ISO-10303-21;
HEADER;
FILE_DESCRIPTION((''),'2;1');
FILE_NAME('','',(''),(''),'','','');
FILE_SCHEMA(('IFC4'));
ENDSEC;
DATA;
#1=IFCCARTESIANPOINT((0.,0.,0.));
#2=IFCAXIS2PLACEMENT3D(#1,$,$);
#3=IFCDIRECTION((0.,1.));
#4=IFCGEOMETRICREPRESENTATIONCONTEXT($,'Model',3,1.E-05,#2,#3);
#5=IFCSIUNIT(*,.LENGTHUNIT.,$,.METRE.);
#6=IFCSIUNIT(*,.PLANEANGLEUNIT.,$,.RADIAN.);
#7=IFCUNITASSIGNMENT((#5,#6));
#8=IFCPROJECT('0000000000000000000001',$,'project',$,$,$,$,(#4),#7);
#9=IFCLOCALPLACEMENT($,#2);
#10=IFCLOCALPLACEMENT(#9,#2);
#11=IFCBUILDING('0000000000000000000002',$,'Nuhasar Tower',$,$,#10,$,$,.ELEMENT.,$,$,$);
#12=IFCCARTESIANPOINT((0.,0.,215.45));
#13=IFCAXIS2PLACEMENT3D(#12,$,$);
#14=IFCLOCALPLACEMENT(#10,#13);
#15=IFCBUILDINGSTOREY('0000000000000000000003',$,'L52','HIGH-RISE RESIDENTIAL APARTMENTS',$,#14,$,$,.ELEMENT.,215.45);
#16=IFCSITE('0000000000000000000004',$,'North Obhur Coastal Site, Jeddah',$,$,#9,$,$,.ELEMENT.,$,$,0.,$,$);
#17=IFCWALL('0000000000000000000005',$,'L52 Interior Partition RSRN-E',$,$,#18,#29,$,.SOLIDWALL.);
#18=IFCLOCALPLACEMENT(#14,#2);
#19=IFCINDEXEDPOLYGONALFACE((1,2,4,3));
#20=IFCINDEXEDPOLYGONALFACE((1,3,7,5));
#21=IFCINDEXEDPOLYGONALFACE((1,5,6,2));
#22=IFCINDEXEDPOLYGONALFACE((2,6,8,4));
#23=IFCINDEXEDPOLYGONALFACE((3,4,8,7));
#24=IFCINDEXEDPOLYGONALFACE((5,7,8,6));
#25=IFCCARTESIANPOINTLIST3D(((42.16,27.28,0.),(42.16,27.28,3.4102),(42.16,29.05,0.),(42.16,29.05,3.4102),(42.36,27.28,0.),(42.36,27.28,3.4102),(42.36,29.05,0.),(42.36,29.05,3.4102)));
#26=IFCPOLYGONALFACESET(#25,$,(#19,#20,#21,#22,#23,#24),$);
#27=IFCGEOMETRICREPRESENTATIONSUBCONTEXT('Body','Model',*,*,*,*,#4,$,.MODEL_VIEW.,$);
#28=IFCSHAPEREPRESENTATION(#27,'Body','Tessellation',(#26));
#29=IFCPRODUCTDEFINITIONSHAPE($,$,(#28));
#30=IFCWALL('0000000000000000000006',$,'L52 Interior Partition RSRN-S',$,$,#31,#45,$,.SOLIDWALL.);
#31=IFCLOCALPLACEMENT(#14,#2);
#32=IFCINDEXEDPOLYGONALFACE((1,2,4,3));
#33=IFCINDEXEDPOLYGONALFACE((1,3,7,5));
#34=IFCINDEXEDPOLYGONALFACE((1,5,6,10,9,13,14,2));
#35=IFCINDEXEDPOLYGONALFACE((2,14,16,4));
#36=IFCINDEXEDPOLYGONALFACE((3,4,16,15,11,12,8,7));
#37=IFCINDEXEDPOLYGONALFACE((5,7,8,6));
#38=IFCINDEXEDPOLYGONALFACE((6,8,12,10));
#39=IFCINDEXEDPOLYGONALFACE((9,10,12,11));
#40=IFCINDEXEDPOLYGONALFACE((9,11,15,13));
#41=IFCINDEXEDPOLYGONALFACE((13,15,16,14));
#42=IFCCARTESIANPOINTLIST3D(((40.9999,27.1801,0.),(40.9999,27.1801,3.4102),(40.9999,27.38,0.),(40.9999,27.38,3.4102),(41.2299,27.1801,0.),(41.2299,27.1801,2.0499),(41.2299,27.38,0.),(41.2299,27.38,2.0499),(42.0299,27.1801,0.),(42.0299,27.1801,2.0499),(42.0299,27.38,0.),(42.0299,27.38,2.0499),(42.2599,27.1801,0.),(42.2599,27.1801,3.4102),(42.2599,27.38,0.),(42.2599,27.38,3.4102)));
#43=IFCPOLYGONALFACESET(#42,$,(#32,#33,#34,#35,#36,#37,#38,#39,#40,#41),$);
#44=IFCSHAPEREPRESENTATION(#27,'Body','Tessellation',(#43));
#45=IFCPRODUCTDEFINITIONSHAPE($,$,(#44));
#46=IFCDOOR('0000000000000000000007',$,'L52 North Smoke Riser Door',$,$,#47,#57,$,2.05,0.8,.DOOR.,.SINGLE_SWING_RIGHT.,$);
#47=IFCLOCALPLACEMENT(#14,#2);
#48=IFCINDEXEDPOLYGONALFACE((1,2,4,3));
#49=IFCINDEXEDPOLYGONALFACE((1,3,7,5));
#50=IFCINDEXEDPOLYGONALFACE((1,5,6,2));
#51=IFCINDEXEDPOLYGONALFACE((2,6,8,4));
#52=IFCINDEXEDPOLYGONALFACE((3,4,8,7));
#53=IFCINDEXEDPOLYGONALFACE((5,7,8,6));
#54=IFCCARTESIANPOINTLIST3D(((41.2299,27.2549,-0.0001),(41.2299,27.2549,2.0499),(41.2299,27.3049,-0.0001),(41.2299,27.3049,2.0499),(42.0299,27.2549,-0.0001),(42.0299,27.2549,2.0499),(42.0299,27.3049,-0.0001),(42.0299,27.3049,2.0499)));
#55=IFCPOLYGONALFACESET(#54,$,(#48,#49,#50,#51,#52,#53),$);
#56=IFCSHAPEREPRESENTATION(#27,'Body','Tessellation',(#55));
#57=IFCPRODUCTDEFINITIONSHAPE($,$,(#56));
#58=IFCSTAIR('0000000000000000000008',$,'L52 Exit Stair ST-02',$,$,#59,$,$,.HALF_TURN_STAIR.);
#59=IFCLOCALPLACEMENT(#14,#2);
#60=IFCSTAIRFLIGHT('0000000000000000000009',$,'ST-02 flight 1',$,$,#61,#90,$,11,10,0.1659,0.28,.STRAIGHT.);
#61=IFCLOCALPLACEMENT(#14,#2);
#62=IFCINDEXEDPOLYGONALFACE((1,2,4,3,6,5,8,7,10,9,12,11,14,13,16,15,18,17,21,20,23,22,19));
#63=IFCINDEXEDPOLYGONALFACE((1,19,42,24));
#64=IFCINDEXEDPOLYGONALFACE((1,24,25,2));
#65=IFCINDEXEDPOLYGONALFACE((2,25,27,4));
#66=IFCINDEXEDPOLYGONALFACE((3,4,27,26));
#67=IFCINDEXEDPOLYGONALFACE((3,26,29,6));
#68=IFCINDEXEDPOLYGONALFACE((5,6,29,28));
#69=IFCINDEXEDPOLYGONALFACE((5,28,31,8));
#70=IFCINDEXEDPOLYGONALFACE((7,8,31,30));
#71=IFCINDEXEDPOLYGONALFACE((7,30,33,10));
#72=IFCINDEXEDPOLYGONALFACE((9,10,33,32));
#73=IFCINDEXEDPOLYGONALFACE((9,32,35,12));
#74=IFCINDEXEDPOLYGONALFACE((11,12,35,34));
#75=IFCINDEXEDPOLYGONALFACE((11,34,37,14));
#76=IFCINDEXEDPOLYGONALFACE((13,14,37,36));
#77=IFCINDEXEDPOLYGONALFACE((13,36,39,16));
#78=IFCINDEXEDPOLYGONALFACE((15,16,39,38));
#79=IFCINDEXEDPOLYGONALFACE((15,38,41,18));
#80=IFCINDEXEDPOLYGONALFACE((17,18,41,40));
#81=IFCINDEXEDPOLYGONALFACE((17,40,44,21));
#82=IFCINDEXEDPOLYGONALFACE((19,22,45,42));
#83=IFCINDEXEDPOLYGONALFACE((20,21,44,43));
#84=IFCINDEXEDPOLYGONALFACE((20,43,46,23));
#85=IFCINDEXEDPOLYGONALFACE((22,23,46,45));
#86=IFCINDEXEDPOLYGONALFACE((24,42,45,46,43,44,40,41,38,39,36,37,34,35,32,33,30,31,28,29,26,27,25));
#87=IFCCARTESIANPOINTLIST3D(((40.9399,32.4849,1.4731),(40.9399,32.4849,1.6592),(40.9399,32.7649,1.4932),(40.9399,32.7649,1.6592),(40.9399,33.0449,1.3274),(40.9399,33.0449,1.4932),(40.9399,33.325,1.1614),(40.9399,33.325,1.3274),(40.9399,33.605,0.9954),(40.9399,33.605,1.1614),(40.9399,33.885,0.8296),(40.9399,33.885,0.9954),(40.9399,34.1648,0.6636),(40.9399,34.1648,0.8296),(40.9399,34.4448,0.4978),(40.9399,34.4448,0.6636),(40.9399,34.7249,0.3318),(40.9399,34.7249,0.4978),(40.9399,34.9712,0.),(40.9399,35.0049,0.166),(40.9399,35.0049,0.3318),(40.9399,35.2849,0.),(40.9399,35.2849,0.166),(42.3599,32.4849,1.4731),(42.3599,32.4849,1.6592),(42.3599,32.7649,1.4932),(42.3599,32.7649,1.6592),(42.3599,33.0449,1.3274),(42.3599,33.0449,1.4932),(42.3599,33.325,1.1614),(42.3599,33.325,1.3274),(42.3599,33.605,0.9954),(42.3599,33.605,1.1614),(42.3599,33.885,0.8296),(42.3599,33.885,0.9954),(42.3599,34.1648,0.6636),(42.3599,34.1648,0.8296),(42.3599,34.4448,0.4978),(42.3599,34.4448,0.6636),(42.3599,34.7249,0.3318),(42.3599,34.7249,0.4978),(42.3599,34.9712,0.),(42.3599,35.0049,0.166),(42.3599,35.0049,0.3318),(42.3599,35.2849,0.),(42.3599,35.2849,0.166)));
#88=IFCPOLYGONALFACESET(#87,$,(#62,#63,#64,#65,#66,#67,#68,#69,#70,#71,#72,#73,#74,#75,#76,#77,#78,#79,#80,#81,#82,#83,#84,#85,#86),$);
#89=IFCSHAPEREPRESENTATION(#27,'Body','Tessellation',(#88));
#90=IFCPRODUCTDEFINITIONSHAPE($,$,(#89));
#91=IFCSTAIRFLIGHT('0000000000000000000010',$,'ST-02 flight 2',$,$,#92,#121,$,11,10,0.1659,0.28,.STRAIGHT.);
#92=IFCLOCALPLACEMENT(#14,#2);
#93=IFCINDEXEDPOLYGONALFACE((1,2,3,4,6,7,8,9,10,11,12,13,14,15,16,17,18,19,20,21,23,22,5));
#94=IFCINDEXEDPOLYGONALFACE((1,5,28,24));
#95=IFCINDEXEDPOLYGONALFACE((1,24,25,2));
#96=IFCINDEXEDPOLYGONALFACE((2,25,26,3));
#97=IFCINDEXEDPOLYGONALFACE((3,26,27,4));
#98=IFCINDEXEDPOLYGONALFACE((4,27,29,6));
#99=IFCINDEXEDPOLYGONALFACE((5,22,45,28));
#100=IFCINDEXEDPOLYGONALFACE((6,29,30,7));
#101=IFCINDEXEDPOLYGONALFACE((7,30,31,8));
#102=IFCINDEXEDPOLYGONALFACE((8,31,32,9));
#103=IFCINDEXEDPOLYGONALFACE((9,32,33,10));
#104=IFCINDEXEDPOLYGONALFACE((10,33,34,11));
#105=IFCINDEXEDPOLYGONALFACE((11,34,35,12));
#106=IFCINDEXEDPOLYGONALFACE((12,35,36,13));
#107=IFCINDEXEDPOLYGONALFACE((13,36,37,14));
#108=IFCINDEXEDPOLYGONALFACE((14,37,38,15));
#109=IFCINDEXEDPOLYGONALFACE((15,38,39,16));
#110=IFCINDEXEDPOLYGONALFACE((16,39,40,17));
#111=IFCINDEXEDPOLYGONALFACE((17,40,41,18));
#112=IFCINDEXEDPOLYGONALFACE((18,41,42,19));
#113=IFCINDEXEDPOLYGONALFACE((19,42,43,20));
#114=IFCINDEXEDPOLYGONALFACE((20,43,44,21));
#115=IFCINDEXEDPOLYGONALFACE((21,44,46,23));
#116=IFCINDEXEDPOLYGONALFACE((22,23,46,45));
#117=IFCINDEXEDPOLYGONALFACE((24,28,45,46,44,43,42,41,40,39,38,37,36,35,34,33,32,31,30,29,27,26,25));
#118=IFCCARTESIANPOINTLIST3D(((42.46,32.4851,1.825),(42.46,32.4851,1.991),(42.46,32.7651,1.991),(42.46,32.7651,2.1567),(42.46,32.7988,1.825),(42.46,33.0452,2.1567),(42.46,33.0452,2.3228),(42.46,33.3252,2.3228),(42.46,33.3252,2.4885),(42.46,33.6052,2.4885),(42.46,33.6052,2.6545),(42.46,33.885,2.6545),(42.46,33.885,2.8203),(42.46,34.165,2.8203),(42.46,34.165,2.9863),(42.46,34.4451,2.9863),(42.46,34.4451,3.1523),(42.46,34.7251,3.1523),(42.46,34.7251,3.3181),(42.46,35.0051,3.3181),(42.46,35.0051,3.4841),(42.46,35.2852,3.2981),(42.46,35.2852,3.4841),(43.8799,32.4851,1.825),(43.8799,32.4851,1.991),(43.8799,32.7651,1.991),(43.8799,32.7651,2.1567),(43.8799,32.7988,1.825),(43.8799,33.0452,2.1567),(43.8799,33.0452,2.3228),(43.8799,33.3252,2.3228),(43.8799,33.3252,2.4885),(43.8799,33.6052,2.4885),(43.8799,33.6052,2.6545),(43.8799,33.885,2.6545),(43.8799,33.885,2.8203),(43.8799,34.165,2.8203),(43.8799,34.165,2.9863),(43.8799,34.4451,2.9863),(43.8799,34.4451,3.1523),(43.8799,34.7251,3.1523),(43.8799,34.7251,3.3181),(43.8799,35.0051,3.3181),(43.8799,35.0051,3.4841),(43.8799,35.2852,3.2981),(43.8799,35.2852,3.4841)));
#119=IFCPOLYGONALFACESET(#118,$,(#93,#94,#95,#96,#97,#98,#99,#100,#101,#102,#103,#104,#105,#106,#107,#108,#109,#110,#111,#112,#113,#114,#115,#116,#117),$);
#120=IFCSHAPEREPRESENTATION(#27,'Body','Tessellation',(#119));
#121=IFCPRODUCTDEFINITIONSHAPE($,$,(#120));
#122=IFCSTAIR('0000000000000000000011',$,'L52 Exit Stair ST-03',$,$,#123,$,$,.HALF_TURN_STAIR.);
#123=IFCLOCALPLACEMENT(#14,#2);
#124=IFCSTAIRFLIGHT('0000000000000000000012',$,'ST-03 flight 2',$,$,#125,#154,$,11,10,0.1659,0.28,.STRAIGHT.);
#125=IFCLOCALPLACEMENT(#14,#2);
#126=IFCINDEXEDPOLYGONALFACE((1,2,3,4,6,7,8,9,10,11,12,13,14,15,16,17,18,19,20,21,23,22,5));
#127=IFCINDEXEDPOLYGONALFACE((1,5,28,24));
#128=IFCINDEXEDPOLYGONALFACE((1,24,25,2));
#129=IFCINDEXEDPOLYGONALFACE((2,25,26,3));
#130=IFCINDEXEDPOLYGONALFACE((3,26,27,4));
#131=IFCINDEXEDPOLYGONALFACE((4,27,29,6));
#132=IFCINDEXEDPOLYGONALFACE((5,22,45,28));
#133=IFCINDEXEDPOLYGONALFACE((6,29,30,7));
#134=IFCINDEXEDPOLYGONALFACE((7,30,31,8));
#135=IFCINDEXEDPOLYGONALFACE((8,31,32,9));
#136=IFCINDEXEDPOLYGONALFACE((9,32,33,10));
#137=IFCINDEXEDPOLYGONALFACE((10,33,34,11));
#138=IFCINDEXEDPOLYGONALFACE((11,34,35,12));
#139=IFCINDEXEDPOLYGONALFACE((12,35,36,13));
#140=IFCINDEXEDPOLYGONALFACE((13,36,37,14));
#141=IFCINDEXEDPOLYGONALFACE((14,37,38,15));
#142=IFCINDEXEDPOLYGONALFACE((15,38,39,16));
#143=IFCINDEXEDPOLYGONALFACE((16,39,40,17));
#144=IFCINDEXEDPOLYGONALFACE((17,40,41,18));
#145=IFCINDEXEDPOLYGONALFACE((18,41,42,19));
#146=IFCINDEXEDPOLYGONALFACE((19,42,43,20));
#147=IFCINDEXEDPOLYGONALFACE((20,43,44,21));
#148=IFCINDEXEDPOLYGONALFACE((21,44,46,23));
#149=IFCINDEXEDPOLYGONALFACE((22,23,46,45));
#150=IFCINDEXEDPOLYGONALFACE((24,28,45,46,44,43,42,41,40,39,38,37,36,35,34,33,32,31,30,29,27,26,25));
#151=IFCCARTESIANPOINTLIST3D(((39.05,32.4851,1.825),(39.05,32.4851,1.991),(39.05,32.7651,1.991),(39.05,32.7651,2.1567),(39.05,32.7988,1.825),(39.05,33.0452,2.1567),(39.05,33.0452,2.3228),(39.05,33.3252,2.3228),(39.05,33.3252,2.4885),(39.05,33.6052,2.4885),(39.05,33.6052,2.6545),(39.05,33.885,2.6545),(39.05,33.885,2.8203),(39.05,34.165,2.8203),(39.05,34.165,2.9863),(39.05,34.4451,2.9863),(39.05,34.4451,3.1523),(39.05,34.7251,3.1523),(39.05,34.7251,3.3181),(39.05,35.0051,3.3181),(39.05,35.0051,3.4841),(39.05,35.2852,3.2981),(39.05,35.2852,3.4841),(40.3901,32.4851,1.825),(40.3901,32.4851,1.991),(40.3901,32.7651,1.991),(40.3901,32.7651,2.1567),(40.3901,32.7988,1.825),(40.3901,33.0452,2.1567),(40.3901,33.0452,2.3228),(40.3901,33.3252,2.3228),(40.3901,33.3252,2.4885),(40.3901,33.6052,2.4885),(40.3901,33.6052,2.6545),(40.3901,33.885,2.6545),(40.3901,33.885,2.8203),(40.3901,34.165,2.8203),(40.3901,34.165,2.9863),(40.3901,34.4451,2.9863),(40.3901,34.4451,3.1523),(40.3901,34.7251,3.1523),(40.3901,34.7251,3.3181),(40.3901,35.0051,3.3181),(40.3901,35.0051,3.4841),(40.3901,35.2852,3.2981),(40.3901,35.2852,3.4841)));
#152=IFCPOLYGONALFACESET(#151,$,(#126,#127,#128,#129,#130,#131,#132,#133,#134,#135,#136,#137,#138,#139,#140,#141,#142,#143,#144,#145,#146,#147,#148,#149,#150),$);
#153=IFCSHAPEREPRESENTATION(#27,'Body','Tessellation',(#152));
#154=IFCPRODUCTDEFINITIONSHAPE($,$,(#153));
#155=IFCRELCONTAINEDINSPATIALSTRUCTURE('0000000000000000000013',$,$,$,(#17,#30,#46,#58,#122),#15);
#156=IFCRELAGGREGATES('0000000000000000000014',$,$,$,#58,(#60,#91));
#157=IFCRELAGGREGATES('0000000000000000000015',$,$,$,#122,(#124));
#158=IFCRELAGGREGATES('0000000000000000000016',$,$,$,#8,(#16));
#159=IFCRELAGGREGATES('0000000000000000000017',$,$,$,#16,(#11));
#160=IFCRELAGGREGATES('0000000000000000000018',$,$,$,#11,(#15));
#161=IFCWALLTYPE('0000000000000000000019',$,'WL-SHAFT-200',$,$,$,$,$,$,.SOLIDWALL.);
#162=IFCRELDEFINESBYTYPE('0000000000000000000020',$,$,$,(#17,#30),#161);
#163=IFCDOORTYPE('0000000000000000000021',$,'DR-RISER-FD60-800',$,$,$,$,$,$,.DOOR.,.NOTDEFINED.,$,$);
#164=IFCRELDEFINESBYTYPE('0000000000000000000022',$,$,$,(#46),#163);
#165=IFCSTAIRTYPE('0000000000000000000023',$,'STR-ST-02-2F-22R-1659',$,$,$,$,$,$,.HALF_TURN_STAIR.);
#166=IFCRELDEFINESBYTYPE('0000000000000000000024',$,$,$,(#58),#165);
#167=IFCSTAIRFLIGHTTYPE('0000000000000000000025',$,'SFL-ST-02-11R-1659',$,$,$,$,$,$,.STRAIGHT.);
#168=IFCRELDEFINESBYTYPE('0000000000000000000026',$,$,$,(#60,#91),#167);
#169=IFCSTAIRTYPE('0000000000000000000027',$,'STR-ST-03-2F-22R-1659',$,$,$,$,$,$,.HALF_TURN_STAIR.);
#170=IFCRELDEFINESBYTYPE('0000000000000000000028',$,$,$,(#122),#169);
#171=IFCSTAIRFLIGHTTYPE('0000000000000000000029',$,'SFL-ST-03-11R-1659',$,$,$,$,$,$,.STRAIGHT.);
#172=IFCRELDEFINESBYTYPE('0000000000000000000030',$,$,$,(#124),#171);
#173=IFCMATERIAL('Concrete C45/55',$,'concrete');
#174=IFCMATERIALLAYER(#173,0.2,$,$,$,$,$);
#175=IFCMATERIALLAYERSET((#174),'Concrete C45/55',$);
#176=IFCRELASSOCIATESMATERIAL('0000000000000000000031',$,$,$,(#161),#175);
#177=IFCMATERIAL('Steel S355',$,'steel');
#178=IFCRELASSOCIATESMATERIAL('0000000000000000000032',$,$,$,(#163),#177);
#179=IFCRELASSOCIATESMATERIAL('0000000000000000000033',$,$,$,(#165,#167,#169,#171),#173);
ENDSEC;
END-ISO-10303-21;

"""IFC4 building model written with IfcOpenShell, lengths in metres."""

from ifc_helpers import new_model, si_unit, direction, frame, frame_2d, origin, place, context, subcontext, project, spatial, polyline, rectangle, outline, extrude, material, layer, layer_set, type_object, element, fill, aggregate, save


model = new_model("IFC4")

# Units and contexts
model_context = context("Model", 3, precision=1e-05, world=origin(), true_north=direction((0.0, 1.0)))
body_context = subcontext(model_context, "Body", "Model", "MODEL_VIEW")
ifc_project = project(units=[si_unit("LENGTHUNIT", "METRE"), si_unit("PLANEANGLEUNIT", "RADIAN")], contexts=[model_context])

# Site, building, storey
site_placement = place(None, origin())
site = spatial("IfcSite", under=ifc_project, at=site_placement, Name="North Obhur Coastal Site, Jeddah", CompositionType="ELEMENT", RefElevation=0.0)
building_placement = place(site_placement, origin())
building = spatial("IfcBuilding", under=site, at=building_placement, Name="Nuhasar Tower", CompositionType="ELEMENT")
storey_placement = place(building_placement, frame((0.0, 0.0, 215.45)))
storey = spatial("IfcBuildingStorey", under=building, at=storey_placement, Name="L52", Description="HIGH-RISE RESIDENTIAL APARTMENTS", CompositionType="ELEMENT", Elevation=215.45)

# Shared definitions
ifc_material_1 = material(Name="Steel S355", Category="steel")

# Shared definitions
ifc_material_2 = material(Name="Concrete C45/55", Category="concrete")

# Wall
ifc_layer_1 = layer(ifc_material_2, 0.2)
ifc_layer_set_1 = layer_set([ifc_layer_1], Name="Concrete C45/55")
wall_type_1 = type_object("IfcWallType", Name="WL-SHAFT-200", PredefinedType="SOLIDWALL", material=ifc_layer_set_1)
for number, where, z_axis, x_axis, name in (
    (1, (42.26, 27.28, 0.0), (0.0, 0.0, 1.0), (0.0, 1.0, 0.0), "L52 Interior Partition RSRN-E"),
):
    element("IfcWall", number, at=place(storey_placement, frame(where, z_axis=z_axis, x_axis=x_axis)), inside=storey, type_object=wall_type_1, Name=name, PredefinedType="SOLIDWALL", context=body_context, shape_type="SweptSolid", body=[
        extrude(rectangle(XDim=1.77, YDim=0.2, at=frame_2d((0.885, 0.0))), origin(), (0.0, 0.0, 1.0), 3.4102),
    ])

# Wall, opening, door
wall_1_placement = place(storey_placement, frame((41.0, 27.28, 0.0), z_axis=(0.0, 0.0, 1.0), x_axis=(1.0, 0.0, 0.0)))
wall_1 = element("IfcWall", 2, at=wall_1_placement, inside=storey, type_object=wall_type_1, Name="L52 Interior Partition RSRN-S", PredefinedType="SOLIDWALL", context=body_context, shape_type="SweptSolid", body=[
    extrude(rectangle(XDim=1.26, YDim=0.2, at=frame_2d((0.6299, 0.0))), origin(), (0.0, 0.0, 1.0), 3.4102),
])
opening_1_placement = place(wall_1_placement, frame((0.23, 0.0, 0.0)))
opening_1 = element("IfcOpeningElement", 3, at=opening_1_placement, cuts=wall_1, PredefinedType="OPENING", context=body_context, shape_type="SweptSolid", body=[
    extrude(rectangle(XDim=0.8, YDim=2.05, at=frame_2d((0.3999, 1.0249))), frame((0.0, 0.1099, 0.0), z_axis=(0.0, -1.0, 0.0), x_axis=(1.0, 0.0, 0.0)), (0.0, 0.0, 1.0), 0.22),
])
door_type_1 = type_object("IfcDoorType", Name="DR-RISER-FD60-800", OperationType="NOTDEFINED", PredefinedType="DOOR", material=ifc_material_1)
door_1_placement = place(opening_1_placement, origin())
door_1 = element("IfcDoor", 4, at=door_1_placement, inside=storey, type_object=door_type_1, Name="L52 North Smoke Riser Door", OperationType="SINGLE_SWING_RIGHT", OverallHeight=2.05, OverallWidth=0.8, PredefinedType="DOOR", context=body_context, shape_type="SweptSolid", body=[
    extrude(rectangle(XDim=0.8, YDim=2.05, at=frame_2d((0.3999, 1.0249))), frame((0.0, 0.0249, 0.0), z_axis=(0.0, -1.0, 0.0), x_axis=(1.0, 0.0, 0.0)), (0.0, 0.0, 1.0), 0.05),
])
fill(opening_1, door_1)

# Stair, stair flights
stair_type_1 = type_object("IfcStairType", Name="STR-ST-02-2F-22R-1659", PredefinedType="HALF_TURN_STAIR", material=ifc_material_2)
stair_1_placement = place(storey_placement, origin())
stair_1 = element("IfcStair", 5, at=stair_1_placement, inside=storey, type_object=stair_type_1, Name="L52 Exit Stair ST-02", PredefinedType="HALF_TURN_STAIR")
stair_flight_type_1 = type_object("IfcStairFlightType", Name="SFL-ST-02-11R-1659", PredefinedType="STRAIGHT", material=ifc_material_2)
stair_flight_1_placement = place(storey_placement, frame((41.6499, 35.2849, 0.0), z_axis=(0.0, 0.0, 1.0), x_axis=(0.0, -1.0, 0.0)))
stair_flight_1 = element("IfcStairFlight", 6, at=stair_flight_1_placement, type_object=stair_flight_type_1, Name="ST-02 flight 1", NumberOfRisers=11, NumberOfTreads=10, PredefinedType="STRAIGHT", RiserHeight=0.1659, TreadLength=0.28, context=body_context, shape_type="SweptSolid", body=[
    extrude(outline(polyline([(0.0, 0.0), (0.0, 0.166), (0.28, 0.166), (0.28, 0.3318), (0.5601, 0.3318), (0.5601, 0.4978), (0.8401, 0.4978), (0.8401, 0.6636), (1.1201, 0.6636), (1.1201, 0.8296), (1.3999, 0.8296), (1.3999, 0.9954), (1.6799, 0.9954), (1.6799, 1.1614), (1.96, 1.1614), (1.96, 1.3274), (2.24, 1.3274), (2.24, 1.4932), (2.52, 1.4932), (2.52, 1.6592), (2.8, 1.6592), (2.8, 1.825), (2.8, 1.4731), (0.3137, 0.0), (0.0, 0.0)])), frame((0.0, 0.71, 0.0), z_axis=(0.0, -1.0, 0.0), x_axis=(1.0, 0.0, 0.0)), (0.0, 0.0, 1.0), 1.4199),
])
stair_flight_2_placement = place(storey_placement, frame((43.1699, 32.4851, 1.825), z_axis=(0.0, 0.0, 1.0), x_axis=(0.0, 1.0, 0.0)))
stair_flight_2 = element("IfcStairFlight", 7, at=stair_flight_2_placement, type_object=stair_flight_type_1, Name="ST-02 flight 2", NumberOfRisers=11, NumberOfTreads=10, PredefinedType="STRAIGHT", RiserHeight=0.1659, TreadLength=0.28, context=body_context, shape_type="SweptSolid", body=[
    extrude(outline(polyline([(0.0, 0.0), (0.0, 0.166), (0.28, 0.166), (0.28, 0.3318), (0.5601, 0.3318), (0.5601, 0.4978), (0.8401, 0.4978), (0.8401, 0.6636), (1.1201, 0.6636), (1.1201, 0.8296), (1.3999, 0.8296), (1.3999, 0.9954), (1.6799, 0.9954), (1.6799, 1.1614), (1.96, 1.1614), (1.96, 1.3274), (2.24, 1.3274), (2.24, 1.4932), (2.52, 1.4932), (2.52, 1.6592), (2.8, 1.6592), (2.8, 1.825), (2.8, 1.4731), (0.3137, 0.0), (0.0, 0.0)])), frame((0.0, 0.71, 0.0), z_axis=(0.0, -1.0, 0.0), x_axis=(1.0, 0.0, 0.0)), (0.0, 0.0, 1.0), 1.4199),
])
aggregate(stair_1, [stair_flight_1, stair_flight_2])

# Stair, stair flight
stair_type_2 = type_object("IfcStairType", Name="STR-ST-03-2F-22R-1659", PredefinedType="HALF_TURN_STAIR", material=ifc_material_2)
stair_2_placement = place(storey_placement, origin())
stair_2 = element("IfcStair", 8, at=stair_2_placement, inside=storey, type_object=stair_type_2, Name="L52 Exit Stair ST-03", PredefinedType="HALF_TURN_STAIR")
stair_flight_type_2 = type_object("IfcStairFlightType", Name="SFL-ST-03-11R-1659", PredefinedType="STRAIGHT", material=ifc_material_2)
stair_flight_3_placement = place(storey_placement, frame((39.72, 32.4851, 1.825), z_axis=(0.0, 0.0, 1.0), x_axis=(0.0, 1.0, 0.0)))
stair_flight_3 = element("IfcStairFlight", 9, at=stair_flight_3_placement, type_object=stair_flight_type_2, Name="ST-03 flight 2", NumberOfRisers=11, NumberOfTreads=10, PredefinedType="STRAIGHT", RiserHeight=0.1659, TreadLength=0.28, context=body_context, shape_type="SweptSolid", body=[
    extrude(outline(polyline([(0.0, 0.0), (0.0, 0.166), (0.28, 0.166), (0.28, 0.3318), (0.5601, 0.3318), (0.5601, 0.4978), (0.8401, 0.4978), (0.8401, 0.6636), (1.1201, 0.6636), (1.1201, 0.8296), (1.3999, 0.8296), (1.3999, 0.9954), (1.6799, 0.9954), (1.6799, 1.1614), (1.96, 1.1614), (1.96, 1.3274), (2.24, 1.3274), (2.24, 1.4932), (2.52, 1.4932), (2.52, 1.6592), (2.8, 1.6592), (2.8, 1.825), (2.8, 1.4731), (0.3137, 0.0), (0.0, 0.0)])), frame((0.0, 0.6699, 0.0), z_axis=(0.0, -1.0, 0.0), x_axis=(1.0, 0.0, 0.0)), (0.0, 0.0, 1.0), 1.3401),
])
aggregate(stair_2, [stair_flight_3])

save(model, "model.ifc")
